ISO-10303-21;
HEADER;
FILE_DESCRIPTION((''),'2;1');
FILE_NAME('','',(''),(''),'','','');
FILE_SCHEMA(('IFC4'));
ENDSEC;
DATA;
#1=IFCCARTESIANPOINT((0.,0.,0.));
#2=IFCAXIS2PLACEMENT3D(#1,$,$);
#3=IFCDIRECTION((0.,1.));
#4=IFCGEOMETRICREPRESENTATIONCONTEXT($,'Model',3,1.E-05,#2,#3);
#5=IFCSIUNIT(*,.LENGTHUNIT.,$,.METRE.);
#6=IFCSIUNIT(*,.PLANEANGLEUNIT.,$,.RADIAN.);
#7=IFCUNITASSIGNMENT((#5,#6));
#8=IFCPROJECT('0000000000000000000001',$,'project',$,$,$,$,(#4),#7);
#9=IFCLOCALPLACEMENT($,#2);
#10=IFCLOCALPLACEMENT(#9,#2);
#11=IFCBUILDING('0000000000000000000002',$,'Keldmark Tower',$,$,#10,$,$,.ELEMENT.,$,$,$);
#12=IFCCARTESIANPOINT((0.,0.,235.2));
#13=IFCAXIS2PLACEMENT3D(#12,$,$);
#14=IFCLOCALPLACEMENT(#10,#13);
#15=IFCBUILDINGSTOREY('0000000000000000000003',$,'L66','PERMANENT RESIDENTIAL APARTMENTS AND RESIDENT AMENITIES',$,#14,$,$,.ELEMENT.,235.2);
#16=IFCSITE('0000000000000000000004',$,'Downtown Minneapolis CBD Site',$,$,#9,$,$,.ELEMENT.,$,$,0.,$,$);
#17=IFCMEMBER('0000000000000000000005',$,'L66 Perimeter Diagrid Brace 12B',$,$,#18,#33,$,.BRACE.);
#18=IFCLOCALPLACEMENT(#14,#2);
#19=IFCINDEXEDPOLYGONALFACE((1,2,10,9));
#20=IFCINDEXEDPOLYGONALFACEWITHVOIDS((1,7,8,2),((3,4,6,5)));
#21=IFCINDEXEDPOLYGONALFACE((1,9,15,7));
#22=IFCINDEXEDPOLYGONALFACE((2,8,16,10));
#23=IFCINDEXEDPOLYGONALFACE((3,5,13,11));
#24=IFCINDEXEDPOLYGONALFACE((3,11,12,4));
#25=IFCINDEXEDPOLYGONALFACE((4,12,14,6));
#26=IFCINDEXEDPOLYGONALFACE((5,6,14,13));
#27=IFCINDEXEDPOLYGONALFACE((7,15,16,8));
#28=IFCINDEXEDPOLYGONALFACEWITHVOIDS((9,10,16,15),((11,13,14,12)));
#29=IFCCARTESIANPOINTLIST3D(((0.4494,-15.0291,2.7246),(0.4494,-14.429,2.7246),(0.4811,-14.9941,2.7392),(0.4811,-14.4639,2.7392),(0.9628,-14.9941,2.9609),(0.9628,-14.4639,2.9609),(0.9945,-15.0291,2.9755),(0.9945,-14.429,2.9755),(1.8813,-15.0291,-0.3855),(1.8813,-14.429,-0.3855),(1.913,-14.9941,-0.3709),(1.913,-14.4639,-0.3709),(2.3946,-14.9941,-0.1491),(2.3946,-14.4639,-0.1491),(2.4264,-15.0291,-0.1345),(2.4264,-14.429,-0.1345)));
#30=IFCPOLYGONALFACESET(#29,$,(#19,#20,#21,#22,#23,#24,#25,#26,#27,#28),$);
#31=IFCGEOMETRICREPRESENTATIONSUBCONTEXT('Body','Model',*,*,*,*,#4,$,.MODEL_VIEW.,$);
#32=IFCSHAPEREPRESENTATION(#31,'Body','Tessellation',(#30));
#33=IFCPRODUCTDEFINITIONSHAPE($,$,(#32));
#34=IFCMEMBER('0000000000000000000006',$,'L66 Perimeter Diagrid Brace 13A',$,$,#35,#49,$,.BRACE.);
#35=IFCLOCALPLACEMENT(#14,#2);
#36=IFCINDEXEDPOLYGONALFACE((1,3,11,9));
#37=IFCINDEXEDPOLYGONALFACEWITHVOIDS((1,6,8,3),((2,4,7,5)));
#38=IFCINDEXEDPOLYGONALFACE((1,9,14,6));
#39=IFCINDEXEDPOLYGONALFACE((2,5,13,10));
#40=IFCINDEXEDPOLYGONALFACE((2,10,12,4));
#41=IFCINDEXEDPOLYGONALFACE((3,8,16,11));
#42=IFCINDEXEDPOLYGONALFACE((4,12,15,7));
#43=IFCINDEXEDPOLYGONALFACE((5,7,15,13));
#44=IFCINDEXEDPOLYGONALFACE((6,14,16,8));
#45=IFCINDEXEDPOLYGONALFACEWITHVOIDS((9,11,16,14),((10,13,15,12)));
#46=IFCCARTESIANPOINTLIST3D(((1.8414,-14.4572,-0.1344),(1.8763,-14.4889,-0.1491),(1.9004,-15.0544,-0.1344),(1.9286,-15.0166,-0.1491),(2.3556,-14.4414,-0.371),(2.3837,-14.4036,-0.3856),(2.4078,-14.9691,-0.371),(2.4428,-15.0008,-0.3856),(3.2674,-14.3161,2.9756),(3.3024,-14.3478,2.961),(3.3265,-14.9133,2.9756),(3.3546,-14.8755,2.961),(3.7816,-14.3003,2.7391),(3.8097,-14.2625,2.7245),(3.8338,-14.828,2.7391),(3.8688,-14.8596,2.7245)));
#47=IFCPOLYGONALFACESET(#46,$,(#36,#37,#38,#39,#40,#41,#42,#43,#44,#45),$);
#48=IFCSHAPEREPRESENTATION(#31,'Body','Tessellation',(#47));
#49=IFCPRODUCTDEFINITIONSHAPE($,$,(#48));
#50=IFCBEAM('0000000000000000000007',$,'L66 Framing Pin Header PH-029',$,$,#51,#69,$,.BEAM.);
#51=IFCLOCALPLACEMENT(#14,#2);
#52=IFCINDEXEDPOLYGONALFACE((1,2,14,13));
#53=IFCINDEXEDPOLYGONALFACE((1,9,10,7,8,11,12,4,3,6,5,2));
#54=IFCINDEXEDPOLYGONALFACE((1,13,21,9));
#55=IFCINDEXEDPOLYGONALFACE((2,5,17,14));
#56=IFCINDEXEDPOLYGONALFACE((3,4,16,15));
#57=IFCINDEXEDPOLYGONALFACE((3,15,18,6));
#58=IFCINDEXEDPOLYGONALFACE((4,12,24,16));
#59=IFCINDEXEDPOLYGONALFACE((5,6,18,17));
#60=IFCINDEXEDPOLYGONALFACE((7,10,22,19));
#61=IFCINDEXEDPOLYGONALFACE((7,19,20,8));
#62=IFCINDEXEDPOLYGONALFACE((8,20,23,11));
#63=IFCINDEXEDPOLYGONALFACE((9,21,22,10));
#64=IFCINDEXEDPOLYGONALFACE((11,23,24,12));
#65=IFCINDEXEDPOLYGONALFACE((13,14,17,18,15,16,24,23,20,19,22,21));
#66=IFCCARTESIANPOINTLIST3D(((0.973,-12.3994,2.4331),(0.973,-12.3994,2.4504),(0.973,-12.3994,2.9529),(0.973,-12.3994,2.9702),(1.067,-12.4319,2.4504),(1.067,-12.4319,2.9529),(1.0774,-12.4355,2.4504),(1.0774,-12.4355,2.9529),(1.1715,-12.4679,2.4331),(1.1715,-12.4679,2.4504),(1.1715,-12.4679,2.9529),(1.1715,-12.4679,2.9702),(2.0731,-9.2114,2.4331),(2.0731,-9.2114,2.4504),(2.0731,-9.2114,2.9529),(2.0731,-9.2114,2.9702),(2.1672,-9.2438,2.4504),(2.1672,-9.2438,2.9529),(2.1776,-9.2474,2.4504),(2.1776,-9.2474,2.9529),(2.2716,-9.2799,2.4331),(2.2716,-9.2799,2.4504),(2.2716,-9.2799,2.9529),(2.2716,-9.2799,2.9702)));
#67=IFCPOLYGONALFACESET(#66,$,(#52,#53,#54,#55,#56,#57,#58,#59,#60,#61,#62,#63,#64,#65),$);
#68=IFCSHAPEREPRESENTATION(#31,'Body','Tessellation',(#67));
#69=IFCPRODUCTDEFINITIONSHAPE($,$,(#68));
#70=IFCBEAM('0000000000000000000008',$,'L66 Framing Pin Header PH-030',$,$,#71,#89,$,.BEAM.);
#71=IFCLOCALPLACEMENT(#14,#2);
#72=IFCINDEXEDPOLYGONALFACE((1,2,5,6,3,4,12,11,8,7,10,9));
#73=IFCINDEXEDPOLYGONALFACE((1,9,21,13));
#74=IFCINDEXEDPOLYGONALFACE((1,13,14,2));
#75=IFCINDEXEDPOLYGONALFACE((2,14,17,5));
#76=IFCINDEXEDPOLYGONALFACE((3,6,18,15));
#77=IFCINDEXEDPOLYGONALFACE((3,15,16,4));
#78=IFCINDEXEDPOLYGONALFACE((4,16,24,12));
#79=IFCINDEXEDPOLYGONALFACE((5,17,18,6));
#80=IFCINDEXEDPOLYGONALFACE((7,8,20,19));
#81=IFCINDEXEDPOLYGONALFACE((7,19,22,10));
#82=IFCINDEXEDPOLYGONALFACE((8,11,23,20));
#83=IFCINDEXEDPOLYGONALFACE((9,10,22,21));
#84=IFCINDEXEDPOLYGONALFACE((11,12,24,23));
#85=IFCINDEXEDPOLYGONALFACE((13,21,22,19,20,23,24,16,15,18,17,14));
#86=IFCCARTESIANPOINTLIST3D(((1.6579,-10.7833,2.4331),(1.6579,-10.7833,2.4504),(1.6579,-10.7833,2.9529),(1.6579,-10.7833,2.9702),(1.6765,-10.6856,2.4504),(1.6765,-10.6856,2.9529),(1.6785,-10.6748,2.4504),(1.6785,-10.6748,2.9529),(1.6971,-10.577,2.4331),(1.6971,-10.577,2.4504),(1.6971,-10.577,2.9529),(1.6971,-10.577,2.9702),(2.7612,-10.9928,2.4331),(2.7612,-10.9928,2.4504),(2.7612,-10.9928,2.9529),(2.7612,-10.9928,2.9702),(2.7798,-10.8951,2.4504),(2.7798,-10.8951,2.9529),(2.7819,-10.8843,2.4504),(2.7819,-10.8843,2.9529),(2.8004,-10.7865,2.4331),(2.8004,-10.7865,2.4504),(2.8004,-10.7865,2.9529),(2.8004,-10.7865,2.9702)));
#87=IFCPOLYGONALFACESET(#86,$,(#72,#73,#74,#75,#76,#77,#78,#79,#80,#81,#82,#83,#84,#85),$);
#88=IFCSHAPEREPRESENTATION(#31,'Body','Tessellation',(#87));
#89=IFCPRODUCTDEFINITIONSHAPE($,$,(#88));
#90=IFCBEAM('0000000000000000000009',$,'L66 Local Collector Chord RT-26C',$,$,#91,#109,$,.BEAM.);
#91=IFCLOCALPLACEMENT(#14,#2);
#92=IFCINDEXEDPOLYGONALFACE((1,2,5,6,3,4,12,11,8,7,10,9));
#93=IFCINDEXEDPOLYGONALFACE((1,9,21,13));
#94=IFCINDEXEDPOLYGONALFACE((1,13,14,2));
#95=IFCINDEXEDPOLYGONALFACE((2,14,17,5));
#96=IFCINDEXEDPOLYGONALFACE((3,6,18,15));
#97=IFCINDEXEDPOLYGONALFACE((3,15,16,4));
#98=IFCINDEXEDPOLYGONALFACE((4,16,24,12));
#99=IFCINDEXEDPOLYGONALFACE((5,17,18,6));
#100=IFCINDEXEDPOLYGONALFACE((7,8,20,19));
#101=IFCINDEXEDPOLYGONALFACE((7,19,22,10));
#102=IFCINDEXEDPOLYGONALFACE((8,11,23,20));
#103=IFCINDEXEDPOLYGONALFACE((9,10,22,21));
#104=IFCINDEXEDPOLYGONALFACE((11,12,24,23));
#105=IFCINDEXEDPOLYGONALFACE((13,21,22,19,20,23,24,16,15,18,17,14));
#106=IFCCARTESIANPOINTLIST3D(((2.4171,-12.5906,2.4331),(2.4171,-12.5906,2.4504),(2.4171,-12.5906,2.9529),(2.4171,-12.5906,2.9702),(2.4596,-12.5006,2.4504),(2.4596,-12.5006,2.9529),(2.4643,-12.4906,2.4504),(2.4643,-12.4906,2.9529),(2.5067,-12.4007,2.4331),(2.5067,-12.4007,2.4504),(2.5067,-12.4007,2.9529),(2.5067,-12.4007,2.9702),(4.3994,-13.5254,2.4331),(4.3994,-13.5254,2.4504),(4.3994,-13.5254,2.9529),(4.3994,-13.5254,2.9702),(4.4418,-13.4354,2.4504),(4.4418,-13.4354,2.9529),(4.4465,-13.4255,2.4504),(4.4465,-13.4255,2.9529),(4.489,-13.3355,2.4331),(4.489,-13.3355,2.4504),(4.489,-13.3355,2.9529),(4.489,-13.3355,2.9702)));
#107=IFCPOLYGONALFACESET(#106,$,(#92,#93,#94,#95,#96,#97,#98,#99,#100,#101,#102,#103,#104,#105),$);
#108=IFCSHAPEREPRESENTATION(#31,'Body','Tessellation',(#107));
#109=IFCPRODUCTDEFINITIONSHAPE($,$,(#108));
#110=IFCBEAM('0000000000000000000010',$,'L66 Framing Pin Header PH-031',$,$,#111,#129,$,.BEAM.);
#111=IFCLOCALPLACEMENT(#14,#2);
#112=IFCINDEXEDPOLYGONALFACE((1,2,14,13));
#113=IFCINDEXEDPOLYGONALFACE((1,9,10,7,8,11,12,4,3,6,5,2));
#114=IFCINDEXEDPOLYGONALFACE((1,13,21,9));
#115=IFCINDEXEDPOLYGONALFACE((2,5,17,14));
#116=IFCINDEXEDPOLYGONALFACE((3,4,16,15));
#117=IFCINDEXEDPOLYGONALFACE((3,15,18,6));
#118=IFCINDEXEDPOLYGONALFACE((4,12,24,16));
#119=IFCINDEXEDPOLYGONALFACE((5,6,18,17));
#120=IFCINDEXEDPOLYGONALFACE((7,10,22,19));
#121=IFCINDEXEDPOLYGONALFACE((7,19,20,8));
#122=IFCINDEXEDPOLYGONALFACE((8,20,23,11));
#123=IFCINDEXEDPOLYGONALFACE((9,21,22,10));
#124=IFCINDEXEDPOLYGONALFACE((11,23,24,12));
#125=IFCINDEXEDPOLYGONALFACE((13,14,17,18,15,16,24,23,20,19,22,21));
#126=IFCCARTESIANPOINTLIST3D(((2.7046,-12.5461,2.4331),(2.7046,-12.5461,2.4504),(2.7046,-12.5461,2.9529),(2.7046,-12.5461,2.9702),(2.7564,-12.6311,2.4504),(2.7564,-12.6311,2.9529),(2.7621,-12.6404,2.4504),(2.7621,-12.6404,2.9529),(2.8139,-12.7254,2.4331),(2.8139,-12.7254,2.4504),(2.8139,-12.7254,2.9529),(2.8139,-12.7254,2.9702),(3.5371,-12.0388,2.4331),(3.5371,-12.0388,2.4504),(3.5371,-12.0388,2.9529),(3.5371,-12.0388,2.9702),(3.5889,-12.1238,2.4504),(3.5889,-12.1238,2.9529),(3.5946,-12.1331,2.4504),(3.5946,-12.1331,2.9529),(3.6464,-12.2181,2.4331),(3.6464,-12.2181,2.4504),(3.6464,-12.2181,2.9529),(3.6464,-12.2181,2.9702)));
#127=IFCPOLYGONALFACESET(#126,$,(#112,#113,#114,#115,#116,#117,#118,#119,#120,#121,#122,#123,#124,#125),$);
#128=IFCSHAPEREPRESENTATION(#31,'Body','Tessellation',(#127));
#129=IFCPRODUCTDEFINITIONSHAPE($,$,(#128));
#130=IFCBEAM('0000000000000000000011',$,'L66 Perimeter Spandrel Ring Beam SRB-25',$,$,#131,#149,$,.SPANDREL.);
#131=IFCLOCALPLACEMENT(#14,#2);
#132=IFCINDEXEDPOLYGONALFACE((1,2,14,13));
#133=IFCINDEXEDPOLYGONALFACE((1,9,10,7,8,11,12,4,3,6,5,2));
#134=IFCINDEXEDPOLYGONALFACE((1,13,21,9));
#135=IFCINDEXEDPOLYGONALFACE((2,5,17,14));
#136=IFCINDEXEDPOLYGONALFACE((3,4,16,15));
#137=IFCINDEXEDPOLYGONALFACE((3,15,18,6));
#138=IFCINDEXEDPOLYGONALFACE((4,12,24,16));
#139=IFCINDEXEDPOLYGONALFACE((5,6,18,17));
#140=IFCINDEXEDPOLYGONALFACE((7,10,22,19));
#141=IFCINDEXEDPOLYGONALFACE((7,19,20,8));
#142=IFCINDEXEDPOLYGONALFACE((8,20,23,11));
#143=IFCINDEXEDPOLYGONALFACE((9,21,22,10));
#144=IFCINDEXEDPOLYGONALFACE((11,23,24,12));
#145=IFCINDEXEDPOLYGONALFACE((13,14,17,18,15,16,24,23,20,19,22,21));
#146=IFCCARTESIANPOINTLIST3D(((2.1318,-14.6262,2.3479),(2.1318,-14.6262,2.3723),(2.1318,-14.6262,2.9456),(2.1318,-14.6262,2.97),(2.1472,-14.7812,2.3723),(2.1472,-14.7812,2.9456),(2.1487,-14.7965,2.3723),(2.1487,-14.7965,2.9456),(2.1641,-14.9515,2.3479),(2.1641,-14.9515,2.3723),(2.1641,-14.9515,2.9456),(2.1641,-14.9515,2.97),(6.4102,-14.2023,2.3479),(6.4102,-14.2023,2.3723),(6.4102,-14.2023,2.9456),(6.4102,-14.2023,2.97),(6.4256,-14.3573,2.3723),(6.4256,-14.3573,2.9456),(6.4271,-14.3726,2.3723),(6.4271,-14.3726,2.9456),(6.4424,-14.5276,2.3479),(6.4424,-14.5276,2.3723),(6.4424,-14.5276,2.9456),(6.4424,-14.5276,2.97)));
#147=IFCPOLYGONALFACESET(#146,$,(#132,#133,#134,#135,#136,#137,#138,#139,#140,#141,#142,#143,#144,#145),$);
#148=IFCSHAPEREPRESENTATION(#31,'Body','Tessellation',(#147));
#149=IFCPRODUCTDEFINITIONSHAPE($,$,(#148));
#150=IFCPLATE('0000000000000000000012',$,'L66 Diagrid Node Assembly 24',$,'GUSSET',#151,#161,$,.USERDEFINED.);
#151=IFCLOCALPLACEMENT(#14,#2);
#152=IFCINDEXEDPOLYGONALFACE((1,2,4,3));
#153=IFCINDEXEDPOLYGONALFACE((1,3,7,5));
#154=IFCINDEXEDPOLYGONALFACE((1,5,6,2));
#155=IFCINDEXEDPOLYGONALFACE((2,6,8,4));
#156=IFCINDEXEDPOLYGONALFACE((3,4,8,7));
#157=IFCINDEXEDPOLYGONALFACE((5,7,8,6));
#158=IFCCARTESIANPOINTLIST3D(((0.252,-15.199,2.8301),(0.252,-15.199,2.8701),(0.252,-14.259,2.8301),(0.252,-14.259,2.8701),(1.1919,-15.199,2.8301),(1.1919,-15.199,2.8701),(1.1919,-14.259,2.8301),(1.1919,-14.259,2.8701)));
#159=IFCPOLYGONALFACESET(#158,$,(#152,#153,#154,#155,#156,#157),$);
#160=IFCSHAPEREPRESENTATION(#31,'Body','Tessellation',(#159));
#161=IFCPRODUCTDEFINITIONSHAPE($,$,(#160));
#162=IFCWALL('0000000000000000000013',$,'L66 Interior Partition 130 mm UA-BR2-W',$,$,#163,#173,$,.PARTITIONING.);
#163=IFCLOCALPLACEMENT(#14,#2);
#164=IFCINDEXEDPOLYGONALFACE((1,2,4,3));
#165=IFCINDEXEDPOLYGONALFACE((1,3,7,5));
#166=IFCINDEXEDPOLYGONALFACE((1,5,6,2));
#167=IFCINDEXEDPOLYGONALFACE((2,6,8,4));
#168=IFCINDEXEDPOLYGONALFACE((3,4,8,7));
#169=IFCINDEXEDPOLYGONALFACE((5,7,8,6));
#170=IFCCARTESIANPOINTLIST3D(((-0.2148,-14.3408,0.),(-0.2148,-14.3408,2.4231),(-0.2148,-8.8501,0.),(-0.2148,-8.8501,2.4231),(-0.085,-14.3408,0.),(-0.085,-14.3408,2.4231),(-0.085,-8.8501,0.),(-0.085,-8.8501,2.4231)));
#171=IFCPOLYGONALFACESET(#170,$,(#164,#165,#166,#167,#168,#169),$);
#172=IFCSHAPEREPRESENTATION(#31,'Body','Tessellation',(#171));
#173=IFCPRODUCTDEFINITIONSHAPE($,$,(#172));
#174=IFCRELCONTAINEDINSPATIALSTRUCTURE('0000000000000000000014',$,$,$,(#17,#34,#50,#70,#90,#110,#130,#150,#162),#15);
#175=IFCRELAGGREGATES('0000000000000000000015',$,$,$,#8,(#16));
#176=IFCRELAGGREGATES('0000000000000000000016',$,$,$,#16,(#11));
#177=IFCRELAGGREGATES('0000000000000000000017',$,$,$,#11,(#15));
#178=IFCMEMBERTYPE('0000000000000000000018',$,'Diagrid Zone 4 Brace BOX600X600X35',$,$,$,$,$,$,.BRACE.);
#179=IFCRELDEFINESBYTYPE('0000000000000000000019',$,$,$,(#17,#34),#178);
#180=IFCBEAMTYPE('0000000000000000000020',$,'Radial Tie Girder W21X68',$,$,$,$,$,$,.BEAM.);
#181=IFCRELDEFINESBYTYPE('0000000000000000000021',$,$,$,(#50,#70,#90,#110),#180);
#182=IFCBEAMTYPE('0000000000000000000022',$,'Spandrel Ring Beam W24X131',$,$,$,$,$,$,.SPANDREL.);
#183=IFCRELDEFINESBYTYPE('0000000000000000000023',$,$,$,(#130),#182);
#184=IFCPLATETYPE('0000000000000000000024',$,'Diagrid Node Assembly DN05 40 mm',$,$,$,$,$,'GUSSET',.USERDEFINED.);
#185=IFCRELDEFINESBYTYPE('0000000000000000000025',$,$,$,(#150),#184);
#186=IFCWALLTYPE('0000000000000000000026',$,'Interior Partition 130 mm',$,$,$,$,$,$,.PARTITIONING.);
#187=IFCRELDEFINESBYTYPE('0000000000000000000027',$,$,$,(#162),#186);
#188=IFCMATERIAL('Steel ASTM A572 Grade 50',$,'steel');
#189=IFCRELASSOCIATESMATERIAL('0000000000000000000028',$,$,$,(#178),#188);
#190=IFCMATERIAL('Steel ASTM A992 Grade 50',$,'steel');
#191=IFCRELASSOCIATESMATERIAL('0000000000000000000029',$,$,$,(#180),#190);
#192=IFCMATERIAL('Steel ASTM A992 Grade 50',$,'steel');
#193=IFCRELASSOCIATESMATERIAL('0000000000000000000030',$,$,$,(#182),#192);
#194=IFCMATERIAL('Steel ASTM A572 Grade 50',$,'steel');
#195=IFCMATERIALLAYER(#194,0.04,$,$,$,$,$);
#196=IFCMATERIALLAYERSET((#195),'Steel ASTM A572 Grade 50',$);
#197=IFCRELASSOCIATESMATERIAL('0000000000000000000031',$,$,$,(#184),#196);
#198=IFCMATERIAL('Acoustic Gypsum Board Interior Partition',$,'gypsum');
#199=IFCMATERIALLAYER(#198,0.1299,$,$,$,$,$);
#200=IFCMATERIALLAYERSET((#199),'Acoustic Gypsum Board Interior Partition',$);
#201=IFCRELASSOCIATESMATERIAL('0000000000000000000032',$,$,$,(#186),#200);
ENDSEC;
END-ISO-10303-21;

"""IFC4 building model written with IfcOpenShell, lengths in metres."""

from ifc_helpers import new_model, si_unit, direction, frame, frame_2d, origin, origin_2d, place, context, subcontext, project, spatial, rectangle, hollow_rectangle, i_section, extrude, material, layer, layer_set, material_profile, profile_set, type_object, element, save


model = new_model("IFC4")

# Units and contexts
model_context = context("Model", 3, precision=1e-05, world=origin(), true_north=direction((0.0, 1.0)))
body_context = subcontext(model_context, "Body", "Model", "MODEL_VIEW")
ifc_project = project(units=[si_unit("LENGTHUNIT", "METRE"), si_unit("PLANEANGLEUNIT", "RADIAN")], contexts=[model_context])

# Site, building, storey
site_placement = place(None, origin())
site = spatial("IfcSite", under=ifc_project, at=site_placement, Name="Downtown Minneapolis CBD Site", CompositionType="ELEMENT", RefElevation=0.0)
building_placement = place(site_placement, origin())
building = spatial("IfcBuilding", under=site, at=building_placement, Name="Keldmark Tower", CompositionType="ELEMENT")
storey_placement = place(building_placement, frame((0.0, 0.0, 235.2)))
storey = spatial("IfcBuildingStorey", under=building, at=storey_placement, Name="L66", Description="PERMANENT RESIDENTIAL APARTMENTS AND RESIDENT AMENITIES", CompositionType="ELEMENT", Elevation=235.2)

# Members
ifc_material_1 = material(Name="Steel ASTM A572 Grade 50", Category="steel")
ifc_material_profile_1 = material_profile(ifc_material_1, hollow_rectangle(XDim=0.6001, YDim=0.6001, WallThickness=0.0349, at=origin_2d()), Name="BOX600X600X35")
ifc_profile_set_1 = profile_set([ifc_material_profile_1], Name="Steel ASTM A572 Grade 50")
member_type = type_object("IfcMemberType", Name="Diagrid Zone 4 Brace BOX600X600X35", PredefinedType="BRACE", material=ifc_profile_set_1)
member_1_placement = place(storey_placement, frame((2.1538, -14.729, -0.26), z_axis=(-0.418203, 0.0, 0.908353), x_axis=(0.0, -1.0, 0.0)))
element("IfcMember", 1, at=member_1_placement, inside=storey, type_object=member_type, Name="L66 Perimeter Diagrid Brace 12B", PredefinedType="BRACE", context=body_context, shape_type="SweptSolid", body=[
    extrude(hollow_rectangle(XDim=0.6001, YDim=0.6001, WallThickness=0.0349, at=origin_2d()), origin(), (0.0, 0.0, 1.0), 3.4238),
])
member_2_placement = place(storey_placement, frame((2.1421, -14.729, -0.26), z_axis=(0.416436, 0.041209, 0.908231), x_axis=(-0.098475, 0.99514, 0.0)))
element("IfcMember", 2, at=member_2_placement, inside=storey, type_object=member_type, Name="L66 Perimeter Diagrid Brace 13A", PredefinedType="BRACE", context=body_context, shape_type="SweptSolid", body=[
    extrude(hollow_rectangle(XDim=0.6001, YDim=0.6001, WallThickness=0.0349, at=origin_2d()), origin(), (0.0, 0.0, 1.0), 3.4243),
])

# Beams
ifc_material_2 = material(Name="Steel ASTM A992 Grade 50", Category="steel")
ifc_material_profile_2 = material_profile(ifc_material_2, i_section(OverallWidth=0.21, OverallDepth=0.5371, WebThickness=0.011, FlangeThickness=0.0173, at=origin_2d()), Name="W21X68")
ifc_profile_set_2 = profile_set([ifc_material_profile_2], Name="Steel ASTM A992 Grade 50")
beam_type_1 = type_object("IfcBeamType", Name="Radial Tie Girder W21X68", PredefinedType="BEAM", material=ifc_profile_set_2)
beam_1_placement = place(storey_placement, frame((2.1724, -9.2456, 2.7017), z_axis=(-0.3262, -0.945301, 0.0), x_axis=(0.945301, -0.3262, 0.0)))
element("IfcBeam", 3, at=beam_1_placement, inside=storey, type_object=beam_type_1, Name="L66 Framing Pin Header PH-029", PredefinedType="BEAM", context=body_context, shape_type="SweptSolid", body=[
    extrude(i_section(OverallWidth=0.21, OverallDepth=0.5371, WebThickness=0.011, FlangeThickness=0.0173, at=origin_2d()), origin(), (0.0, 0.0, 1.0), 3.3726),
])
beam_2_placement = place(storey_placement, frame((1.6775, -10.6802, 2.7017), z_axis=(0.982449, -0.186533, 0.0), x_axis=(0.186533, 0.982449, 0.0)))
element("IfcBeam", 4, at=beam_2_placement, inside=storey, type_object=beam_type_1, Name="L66 Framing Pin Header PH-030", PredefinedType="BEAM", context=body_context, shape_type="SweptSolid", body=[
    extrude(i_section(OverallWidth=0.21, OverallDepth=0.5371, WebThickness=0.011, FlangeThickness=0.0173, at=origin_2d()), origin(), (0.0, 0.0, 1.0), 1.123),
])
beam_3_placement = place(storey_placement, frame((2.4619, -12.4956, 2.7017), z_axis=(0.904462, -0.426553, 0.0), x_axis=(0.426553, 0.904462, 0.0)))
element("IfcBeam", 5, at=beam_3_placement, inside=storey, type_object=beam_type_1, Name="L66 Local Collector Chord RT-26C", PredefinedType="BEAM", context=body_context, shape_type="SweptSolid", body=[
    extrude(i_section(OverallWidth=0.21, OverallDepth=0.5371, WebThickness=0.011, FlangeThickness=0.0173, at=origin_2d()), origin(), (0.0, 0.0, 1.0), 2.1917),
])
beam_4_placement = place(storey_placement, frame((2.7593, -12.6357, 2.7017), z_axis=(0.853937, 0.520376, 0.0), x_axis=(-0.520376, 0.853937, 0.0)))
element("IfcBeam", 6, at=beam_4_placement, inside=storey, type_object=beam_type_1, Name="L66 Framing Pin Header PH-031", PredefinedType="BEAM", context=body_context, shape_type="SweptSolid", body=[
    extrude(i_section(OverallWidth=0.21, OverallDepth=0.5371, WebThickness=0.011, FlangeThickness=0.0173, at=origin_2d()), origin(), (0.0, 0.0, 1.0), 0.9749),
])
ifc_material_3 = material(Name="Steel ASTM A992 Grade 50", Category="steel")
ifc_material_profile_3 = material_profile(ifc_material_3, i_section(OverallWidth=0.3269, OverallDepth=0.6221, WebThickness=0.0154, FlangeThickness=0.0244, at=origin_2d()), Name="W24X131")
ifc_profile_set_3 = profile_set([ifc_material_profile_3], Name="Steel ASTM A992 Grade 50")
beam_type_2 = type_object("IfcBeamType", Name="Spandrel Ring Beam W24X131", PredefinedType="SPANDREL", material=ifc_profile_set_3)
beam_5_placement = place(storey_placement, frame((2.1479, -14.7888, 2.6589), z_axis=(0.995129, 0.098582, 0.0), x_axis=(-0.098582, 0.995129, 0.0)))
element("IfcBeam", 7, at=beam_5_placement, inside=storey, type_object=beam_type_2, Name="L66 Perimeter Spandrel Ring Beam SRB-25", PredefinedType="SPANDREL", context=body_context, shape_type="SweptSolid", body=[
    extrude(i_section(OverallWidth=0.3269, OverallDepth=0.6221, WebThickness=0.0154, FlangeThickness=0.0244, at=origin_2d()), origin(), (0.0, 0.0, 1.0), 4.2993),
])

# Plate
ifc_material_4 = material(Name="Steel ASTM A572 Grade 50", Category="steel")
ifc_layer_1 = layer(ifc_material_4, 0.04)
ifc_layer_set_1 = layer_set([ifc_layer_1], Name="Steel ASTM A572 Grade 50")
plate_type = type_object("IfcPlateType", Name="Diagrid Node Assembly DN05 40 mm", ElementType="GUSSET", PredefinedType="USERDEFINED", material=ifc_layer_set_1)
plate_placement = place(storey_placement, frame((0.7219, -14.729, 2.8301), z_axis=(0.0, 0.0, 1.0), x_axis=(1.0, 0.0, 0.0)))
element("IfcPlate", 8, at=plate_placement, inside=storey, type_object=plate_type, Name="L66 Diagrid Node Assembly 24", ObjectType="GUSSET", PredefinedType="USERDEFINED", context=body_context, shape_type="SweptSolid", body=[
    extrude(rectangle(XDim=0.9399, YDim=0.9399, at=origin_2d()), origin(), (0.0, 0.0, 1.0), 0.04),
])

# Wall
ifc_material_5 = material(Name="Acoustic Gypsum Board Interior Partition", Category="gypsum")
ifc_layer_2 = layer(ifc_material_5, 0.1299)
ifc_layer_set_2 = layer_set([ifc_layer_2], Name="Acoustic Gypsum Board Interior Partition")
wall_type_1 = type_object("IfcWallType", Name="Interior Partition 130 mm", PredefinedType="PARTITIONING", material=ifc_layer_set_2)
wall_1_placement = place(storey_placement, frame((-0.1499, -14.3408, 0.0), z_axis=(0.0, 0.0, 1.0), x_axis=(0.0, 1.0, 0.0)))
element("IfcWall", 9, at=wall_1_placement, inside=storey, type_object=wall_type_1, Name="L66 Interior Partition 130 mm UA-BR2-W", PredefinedType="PARTITIONING", context=body_context, shape_type="SweptSolid", body=[
    extrude(rectangle(XDim=5.4907, YDim=0.1299, at=frame_2d((2.7454, 0.0))), origin(), (0.0, 0.0, 1.0), 2.4231),
])

save(model, "model.ifc")
